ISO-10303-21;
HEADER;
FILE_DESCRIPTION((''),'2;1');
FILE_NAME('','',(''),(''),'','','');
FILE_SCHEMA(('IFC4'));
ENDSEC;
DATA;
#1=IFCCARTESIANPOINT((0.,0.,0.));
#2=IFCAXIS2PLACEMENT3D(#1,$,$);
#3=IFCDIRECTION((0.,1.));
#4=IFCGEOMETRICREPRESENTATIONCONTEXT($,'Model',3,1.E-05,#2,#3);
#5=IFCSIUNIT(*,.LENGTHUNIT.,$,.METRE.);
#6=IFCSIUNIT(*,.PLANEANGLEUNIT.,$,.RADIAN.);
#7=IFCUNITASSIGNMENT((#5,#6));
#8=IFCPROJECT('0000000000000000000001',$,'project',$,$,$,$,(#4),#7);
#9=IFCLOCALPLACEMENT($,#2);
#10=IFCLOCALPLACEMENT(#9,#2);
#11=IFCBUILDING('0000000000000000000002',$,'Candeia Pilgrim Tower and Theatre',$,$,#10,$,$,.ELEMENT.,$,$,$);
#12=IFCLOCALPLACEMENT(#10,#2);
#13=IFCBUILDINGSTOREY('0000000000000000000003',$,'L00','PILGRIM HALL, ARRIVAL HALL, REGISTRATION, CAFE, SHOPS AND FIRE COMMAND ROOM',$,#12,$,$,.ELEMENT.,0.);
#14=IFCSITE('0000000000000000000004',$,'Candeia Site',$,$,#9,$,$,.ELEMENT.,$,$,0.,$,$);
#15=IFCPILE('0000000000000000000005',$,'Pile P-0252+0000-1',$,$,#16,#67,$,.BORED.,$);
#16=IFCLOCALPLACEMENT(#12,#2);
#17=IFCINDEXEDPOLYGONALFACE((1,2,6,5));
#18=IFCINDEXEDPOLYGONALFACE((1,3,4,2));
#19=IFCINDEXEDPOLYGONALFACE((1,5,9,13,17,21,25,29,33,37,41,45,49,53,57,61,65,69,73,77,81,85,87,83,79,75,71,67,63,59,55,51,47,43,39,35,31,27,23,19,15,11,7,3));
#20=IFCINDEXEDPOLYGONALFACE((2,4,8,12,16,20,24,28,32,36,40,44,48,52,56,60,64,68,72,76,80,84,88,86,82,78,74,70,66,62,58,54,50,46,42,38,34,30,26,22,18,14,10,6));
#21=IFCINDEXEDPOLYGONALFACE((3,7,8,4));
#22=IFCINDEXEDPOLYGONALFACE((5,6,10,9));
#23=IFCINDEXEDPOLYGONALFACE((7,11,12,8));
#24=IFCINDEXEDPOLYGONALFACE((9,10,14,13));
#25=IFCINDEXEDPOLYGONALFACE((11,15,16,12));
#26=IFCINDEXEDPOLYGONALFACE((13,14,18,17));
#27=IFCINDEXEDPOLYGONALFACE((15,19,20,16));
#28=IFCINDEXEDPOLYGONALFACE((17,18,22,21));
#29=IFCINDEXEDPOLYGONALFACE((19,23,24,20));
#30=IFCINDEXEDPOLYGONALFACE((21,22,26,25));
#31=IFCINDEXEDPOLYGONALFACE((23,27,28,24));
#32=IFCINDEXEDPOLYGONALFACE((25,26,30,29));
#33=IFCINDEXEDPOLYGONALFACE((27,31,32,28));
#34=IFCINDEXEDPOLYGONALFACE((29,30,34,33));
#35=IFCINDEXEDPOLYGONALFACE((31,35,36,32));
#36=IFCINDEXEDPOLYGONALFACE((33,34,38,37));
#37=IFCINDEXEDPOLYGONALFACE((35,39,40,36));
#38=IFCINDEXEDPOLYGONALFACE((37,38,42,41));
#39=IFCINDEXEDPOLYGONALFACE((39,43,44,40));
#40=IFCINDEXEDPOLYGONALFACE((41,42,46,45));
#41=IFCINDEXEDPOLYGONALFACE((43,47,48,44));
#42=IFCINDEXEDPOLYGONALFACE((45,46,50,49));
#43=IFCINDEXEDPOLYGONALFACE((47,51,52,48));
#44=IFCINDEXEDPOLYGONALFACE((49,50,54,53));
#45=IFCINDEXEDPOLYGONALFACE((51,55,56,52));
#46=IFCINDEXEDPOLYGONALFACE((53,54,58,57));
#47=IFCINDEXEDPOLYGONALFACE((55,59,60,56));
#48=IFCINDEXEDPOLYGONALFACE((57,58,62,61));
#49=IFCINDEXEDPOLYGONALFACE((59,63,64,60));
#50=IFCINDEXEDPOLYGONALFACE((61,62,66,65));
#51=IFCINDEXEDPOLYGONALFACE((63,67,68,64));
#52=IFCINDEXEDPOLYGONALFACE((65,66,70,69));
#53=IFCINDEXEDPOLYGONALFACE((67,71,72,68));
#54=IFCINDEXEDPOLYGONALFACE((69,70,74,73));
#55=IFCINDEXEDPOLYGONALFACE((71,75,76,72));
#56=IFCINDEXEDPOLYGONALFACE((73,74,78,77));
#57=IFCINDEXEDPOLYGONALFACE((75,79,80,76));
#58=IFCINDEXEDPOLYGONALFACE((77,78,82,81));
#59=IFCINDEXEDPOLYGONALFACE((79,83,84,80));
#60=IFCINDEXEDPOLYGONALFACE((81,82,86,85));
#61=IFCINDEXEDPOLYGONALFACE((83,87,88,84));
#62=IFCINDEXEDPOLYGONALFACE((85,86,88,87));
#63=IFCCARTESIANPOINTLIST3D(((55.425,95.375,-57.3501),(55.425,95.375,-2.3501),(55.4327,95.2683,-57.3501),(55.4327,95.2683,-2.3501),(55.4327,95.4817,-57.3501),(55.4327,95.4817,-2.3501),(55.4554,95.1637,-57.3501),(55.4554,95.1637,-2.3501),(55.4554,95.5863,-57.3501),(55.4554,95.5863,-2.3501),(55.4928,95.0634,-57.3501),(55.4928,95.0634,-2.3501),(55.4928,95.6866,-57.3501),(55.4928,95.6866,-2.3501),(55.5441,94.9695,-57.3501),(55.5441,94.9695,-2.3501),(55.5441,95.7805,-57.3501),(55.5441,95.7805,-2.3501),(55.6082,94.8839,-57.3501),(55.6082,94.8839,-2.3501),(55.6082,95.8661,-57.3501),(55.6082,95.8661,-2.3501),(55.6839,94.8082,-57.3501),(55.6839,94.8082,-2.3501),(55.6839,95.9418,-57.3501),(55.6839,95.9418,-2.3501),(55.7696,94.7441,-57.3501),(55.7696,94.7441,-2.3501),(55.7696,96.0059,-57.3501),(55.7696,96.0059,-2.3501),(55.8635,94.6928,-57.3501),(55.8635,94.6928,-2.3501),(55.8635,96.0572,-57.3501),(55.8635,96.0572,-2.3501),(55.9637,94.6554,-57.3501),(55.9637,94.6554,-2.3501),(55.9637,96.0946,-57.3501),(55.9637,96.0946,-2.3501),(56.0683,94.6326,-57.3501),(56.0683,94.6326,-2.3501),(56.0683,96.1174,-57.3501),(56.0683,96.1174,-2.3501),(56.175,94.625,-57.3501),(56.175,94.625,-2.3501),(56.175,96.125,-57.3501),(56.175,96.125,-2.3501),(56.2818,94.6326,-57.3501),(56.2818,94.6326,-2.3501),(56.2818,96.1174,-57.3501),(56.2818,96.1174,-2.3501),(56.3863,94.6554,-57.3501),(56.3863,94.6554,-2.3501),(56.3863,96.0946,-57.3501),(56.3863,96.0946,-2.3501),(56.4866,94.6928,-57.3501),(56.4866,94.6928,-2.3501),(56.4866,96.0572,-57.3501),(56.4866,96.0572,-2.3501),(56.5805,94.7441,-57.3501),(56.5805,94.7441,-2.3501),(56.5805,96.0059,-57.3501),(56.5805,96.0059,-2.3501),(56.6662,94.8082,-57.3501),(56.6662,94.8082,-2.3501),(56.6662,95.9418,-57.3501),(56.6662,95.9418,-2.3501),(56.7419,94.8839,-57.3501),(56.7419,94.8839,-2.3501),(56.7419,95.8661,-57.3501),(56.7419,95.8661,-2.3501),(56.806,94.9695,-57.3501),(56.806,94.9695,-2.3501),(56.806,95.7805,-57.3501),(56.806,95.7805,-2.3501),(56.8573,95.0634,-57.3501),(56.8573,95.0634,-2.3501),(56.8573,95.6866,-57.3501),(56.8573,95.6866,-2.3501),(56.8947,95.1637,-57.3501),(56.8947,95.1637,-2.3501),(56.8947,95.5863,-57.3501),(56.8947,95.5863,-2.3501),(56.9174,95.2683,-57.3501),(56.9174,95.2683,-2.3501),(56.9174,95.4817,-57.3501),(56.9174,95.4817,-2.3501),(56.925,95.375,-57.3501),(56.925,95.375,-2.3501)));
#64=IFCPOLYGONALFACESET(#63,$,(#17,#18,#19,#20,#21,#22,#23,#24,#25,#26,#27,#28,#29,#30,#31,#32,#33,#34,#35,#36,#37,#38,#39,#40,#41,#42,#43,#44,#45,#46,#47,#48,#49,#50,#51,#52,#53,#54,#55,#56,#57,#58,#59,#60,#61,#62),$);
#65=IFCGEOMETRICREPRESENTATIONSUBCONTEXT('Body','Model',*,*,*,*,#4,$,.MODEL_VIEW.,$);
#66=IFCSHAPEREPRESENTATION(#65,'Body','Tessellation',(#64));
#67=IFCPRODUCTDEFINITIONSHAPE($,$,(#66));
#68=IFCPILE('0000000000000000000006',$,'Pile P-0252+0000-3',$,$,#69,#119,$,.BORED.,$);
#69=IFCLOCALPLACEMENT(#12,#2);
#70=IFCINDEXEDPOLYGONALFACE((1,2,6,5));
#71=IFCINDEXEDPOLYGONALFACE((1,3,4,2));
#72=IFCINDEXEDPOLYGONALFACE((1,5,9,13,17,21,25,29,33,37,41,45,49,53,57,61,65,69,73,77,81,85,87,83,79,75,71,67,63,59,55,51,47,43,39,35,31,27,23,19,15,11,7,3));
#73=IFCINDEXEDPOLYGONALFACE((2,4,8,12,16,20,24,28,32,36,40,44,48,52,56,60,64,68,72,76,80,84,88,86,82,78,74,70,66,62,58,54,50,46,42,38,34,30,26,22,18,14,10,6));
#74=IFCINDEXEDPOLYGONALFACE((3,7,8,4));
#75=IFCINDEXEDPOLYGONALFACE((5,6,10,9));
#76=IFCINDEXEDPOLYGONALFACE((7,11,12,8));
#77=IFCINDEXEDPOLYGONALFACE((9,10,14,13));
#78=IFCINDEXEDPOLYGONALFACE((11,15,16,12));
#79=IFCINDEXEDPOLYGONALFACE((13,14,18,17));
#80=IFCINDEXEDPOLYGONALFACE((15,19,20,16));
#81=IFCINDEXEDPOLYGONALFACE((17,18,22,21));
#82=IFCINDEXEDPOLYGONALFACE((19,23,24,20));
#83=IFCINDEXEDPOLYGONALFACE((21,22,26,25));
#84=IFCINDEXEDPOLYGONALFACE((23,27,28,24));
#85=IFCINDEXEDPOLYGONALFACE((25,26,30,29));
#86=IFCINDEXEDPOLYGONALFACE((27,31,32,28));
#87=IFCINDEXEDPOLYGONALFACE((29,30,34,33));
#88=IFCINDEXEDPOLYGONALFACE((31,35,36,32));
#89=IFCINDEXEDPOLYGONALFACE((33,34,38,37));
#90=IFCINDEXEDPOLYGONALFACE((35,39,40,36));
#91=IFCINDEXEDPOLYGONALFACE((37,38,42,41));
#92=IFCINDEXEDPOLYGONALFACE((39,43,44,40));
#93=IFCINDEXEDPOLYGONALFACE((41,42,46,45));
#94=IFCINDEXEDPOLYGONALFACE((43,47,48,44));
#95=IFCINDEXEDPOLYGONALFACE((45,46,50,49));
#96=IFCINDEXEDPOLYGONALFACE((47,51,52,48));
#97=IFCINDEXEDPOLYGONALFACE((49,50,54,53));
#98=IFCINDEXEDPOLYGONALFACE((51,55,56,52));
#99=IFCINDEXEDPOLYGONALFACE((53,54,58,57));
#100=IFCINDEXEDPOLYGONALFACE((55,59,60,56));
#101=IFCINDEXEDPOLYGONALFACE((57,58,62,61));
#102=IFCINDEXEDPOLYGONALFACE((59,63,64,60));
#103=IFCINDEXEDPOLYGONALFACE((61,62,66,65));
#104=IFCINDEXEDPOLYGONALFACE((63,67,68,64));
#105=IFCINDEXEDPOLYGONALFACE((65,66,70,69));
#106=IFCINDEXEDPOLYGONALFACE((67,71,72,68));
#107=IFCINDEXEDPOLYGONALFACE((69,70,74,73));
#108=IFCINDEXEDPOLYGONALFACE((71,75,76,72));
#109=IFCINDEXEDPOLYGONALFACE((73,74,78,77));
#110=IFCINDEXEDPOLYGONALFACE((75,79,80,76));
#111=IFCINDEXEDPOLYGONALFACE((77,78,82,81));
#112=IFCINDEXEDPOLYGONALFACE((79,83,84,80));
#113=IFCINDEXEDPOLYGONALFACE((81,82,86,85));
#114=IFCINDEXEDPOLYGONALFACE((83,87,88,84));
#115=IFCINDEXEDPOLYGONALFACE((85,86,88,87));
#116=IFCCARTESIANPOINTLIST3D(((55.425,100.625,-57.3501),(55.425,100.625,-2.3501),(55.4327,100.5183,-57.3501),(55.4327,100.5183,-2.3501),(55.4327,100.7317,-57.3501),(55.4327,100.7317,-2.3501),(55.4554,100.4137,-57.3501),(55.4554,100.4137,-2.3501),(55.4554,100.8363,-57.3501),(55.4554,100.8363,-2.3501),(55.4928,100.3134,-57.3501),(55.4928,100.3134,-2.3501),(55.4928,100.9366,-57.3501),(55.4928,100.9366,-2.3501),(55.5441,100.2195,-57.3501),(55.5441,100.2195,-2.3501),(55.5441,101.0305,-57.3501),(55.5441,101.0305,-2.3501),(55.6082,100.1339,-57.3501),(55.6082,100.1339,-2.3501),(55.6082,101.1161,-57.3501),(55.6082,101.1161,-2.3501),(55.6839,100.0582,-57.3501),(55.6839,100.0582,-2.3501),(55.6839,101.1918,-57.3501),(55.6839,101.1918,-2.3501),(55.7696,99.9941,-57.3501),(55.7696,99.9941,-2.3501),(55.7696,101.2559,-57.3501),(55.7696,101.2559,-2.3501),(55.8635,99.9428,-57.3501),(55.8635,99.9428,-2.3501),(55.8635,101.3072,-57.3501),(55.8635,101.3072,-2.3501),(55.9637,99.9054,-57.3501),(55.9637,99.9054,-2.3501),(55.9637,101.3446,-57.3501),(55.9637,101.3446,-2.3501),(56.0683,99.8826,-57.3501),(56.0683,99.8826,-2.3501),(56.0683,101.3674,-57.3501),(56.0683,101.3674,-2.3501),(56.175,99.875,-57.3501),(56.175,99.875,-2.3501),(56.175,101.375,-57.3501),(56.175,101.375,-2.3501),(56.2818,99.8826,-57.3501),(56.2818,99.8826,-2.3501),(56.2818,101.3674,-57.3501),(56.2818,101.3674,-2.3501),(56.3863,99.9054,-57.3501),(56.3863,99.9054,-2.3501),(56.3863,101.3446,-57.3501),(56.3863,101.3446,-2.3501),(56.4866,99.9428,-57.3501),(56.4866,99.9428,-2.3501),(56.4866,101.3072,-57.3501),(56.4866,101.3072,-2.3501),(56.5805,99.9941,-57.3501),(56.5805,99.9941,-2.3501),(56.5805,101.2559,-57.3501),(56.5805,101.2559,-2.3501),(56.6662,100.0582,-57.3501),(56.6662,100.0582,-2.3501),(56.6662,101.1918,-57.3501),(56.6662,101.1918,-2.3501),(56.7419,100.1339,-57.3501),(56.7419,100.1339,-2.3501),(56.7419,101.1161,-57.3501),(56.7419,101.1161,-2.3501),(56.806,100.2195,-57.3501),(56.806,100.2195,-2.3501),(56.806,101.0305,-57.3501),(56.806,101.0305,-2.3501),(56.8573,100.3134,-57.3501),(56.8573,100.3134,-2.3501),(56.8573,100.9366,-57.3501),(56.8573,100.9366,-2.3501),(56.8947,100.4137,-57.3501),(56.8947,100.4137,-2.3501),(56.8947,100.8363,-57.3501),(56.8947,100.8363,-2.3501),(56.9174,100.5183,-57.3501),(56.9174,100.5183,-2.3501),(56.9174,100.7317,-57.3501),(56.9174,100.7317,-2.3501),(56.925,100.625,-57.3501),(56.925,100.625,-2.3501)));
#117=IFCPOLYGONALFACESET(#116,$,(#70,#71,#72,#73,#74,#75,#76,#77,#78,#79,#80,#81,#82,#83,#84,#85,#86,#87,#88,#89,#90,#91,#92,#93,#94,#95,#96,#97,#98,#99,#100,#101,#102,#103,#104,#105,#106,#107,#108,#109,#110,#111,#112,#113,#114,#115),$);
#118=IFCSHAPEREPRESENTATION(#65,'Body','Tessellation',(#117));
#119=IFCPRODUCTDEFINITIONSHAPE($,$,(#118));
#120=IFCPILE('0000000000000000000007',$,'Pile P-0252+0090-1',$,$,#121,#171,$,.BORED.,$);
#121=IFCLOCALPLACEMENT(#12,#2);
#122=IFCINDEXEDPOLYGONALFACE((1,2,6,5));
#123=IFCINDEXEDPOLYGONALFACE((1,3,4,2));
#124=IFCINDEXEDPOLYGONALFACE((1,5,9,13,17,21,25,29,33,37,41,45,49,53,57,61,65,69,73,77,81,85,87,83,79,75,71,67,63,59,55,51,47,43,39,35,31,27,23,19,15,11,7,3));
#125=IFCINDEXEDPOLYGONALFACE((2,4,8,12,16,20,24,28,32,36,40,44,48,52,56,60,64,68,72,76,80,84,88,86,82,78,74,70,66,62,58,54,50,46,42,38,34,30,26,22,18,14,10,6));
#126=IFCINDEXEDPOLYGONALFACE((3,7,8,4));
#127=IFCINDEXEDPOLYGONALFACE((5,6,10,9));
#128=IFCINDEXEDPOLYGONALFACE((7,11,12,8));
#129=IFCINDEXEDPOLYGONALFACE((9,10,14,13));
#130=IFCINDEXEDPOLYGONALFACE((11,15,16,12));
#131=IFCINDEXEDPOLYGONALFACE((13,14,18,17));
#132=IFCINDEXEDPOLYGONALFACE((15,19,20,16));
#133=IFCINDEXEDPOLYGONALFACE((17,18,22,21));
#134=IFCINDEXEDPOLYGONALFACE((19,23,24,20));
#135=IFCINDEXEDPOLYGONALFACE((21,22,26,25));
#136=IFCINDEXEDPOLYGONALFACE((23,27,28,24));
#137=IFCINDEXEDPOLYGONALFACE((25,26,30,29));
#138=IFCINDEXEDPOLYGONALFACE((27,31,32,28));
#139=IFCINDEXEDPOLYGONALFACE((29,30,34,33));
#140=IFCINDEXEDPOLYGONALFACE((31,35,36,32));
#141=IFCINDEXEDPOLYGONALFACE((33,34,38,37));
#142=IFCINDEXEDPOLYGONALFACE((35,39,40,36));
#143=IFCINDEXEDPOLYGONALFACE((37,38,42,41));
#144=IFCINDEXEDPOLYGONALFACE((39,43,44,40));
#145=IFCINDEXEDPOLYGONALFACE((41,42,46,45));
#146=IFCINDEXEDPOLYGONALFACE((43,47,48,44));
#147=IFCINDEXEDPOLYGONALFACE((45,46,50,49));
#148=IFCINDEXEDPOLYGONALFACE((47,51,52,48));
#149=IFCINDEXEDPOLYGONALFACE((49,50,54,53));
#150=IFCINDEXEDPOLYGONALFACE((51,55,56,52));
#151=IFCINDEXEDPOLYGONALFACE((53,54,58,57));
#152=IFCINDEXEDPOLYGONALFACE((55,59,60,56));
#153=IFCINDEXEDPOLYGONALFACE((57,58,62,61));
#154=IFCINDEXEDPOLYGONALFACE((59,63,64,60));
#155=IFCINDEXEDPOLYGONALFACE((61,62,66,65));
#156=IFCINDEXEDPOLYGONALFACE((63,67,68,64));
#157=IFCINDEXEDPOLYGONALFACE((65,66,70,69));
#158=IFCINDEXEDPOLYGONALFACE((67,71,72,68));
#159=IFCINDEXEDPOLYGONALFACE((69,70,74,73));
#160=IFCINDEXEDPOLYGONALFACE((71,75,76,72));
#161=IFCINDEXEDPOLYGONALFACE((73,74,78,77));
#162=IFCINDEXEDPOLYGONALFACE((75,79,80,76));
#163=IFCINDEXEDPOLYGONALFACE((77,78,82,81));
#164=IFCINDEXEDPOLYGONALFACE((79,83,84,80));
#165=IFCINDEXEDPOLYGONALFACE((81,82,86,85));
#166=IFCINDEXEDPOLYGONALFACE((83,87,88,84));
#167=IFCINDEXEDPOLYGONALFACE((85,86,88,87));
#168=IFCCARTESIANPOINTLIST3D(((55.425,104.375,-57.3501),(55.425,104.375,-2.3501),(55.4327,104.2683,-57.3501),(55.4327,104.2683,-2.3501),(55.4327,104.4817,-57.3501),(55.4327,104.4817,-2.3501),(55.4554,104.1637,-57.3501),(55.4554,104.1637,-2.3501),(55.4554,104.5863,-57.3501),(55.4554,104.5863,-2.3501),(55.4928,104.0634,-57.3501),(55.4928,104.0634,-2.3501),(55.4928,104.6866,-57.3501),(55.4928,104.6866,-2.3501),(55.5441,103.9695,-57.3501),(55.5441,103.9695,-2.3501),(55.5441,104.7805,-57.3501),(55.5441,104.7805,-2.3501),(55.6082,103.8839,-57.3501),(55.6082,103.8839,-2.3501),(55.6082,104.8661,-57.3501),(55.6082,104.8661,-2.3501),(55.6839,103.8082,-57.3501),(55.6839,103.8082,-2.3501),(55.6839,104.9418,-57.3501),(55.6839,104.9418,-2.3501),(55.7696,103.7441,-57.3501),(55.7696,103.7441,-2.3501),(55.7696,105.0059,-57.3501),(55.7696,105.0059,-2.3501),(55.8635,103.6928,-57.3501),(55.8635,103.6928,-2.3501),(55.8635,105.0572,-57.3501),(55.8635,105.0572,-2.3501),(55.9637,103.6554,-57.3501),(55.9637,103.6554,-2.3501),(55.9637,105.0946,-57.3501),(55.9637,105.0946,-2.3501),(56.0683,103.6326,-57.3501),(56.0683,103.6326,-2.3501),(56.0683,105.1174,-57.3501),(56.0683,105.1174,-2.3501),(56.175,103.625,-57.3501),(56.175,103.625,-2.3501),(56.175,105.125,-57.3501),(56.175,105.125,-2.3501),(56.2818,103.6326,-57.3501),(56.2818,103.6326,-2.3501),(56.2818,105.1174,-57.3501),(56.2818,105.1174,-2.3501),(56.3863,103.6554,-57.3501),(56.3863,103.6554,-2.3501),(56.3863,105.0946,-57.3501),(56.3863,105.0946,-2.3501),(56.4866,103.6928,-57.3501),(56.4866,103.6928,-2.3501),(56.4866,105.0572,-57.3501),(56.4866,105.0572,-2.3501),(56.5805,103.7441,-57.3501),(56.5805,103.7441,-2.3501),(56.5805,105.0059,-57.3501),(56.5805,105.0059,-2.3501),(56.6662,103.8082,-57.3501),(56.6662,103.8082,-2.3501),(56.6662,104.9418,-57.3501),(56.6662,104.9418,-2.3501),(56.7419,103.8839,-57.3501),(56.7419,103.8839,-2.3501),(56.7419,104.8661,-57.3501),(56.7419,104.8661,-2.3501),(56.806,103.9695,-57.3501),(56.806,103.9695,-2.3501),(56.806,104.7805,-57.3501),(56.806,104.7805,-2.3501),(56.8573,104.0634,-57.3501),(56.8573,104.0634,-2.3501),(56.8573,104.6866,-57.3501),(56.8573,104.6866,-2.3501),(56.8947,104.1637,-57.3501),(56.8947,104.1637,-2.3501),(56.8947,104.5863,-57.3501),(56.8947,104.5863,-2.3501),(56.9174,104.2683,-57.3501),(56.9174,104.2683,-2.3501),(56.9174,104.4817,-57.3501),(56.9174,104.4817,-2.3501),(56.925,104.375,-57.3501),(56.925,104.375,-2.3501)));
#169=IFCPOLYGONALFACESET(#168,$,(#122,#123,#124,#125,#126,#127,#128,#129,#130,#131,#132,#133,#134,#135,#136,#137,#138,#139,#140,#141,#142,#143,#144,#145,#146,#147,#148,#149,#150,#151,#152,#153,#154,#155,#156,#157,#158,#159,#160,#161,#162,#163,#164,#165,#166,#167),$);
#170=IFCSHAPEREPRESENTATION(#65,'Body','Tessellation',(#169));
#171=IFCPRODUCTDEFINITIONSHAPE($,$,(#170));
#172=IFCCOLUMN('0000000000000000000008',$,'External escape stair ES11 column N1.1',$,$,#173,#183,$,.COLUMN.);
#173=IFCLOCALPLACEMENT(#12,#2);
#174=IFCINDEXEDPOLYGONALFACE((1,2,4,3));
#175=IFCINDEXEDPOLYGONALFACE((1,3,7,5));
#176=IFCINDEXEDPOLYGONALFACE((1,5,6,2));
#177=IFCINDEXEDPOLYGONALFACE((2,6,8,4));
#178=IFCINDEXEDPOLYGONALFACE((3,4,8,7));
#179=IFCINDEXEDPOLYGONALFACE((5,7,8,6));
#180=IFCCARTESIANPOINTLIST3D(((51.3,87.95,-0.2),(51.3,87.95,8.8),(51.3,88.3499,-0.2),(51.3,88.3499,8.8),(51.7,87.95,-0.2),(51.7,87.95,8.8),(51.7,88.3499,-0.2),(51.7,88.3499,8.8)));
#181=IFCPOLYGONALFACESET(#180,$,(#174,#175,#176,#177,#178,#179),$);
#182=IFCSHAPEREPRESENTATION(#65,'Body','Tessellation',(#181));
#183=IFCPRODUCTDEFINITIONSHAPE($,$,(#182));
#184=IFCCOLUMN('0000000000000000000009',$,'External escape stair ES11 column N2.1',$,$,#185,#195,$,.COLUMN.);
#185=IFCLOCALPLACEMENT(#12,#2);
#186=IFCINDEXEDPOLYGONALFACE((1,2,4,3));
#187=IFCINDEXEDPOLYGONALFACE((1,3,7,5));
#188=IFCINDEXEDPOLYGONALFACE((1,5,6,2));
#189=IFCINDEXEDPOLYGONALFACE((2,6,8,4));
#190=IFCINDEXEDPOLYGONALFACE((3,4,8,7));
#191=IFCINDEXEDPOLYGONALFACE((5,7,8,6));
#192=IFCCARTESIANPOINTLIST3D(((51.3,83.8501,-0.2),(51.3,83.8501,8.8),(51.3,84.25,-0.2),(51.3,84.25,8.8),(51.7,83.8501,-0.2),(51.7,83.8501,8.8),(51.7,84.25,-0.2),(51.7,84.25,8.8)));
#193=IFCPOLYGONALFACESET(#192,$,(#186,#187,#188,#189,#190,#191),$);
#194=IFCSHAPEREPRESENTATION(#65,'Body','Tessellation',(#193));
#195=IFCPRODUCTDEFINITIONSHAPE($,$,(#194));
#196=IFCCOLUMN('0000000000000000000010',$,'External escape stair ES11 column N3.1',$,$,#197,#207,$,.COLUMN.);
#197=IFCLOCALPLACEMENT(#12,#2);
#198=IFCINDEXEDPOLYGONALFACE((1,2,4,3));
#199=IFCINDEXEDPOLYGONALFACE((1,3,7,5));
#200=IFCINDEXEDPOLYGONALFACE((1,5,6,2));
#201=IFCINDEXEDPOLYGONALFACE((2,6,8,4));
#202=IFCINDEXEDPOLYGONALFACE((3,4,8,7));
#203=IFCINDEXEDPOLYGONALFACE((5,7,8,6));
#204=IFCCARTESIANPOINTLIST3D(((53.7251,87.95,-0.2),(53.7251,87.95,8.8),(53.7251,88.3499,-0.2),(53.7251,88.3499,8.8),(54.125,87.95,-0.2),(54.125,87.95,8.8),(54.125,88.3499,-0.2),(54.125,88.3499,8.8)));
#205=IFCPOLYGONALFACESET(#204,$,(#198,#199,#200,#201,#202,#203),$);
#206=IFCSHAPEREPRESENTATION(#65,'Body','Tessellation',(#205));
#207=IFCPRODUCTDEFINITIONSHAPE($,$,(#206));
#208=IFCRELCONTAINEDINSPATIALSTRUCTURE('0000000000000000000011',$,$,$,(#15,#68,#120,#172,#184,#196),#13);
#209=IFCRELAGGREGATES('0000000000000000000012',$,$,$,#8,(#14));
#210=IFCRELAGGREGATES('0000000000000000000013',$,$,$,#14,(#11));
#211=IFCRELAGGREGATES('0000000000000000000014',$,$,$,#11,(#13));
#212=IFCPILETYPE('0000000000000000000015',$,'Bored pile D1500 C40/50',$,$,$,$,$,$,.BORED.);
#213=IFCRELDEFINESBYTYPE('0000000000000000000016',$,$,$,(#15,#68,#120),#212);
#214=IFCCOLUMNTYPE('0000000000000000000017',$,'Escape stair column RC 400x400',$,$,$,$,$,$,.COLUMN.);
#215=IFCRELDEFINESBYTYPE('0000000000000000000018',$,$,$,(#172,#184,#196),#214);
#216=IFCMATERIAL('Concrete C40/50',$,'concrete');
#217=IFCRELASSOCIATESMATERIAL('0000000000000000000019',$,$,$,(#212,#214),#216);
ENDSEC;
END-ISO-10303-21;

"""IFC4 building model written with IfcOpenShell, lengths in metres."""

from ifc_helpers import new_model, si_unit, direction, frame, origin, origin_2d, place, context, subcontext, project, spatial, rectangle, circle, extrude, material, material_profile, profile_set, type_object, element, save


model = new_model("IFC4")

# Units and contexts
model_context = context("Model", 3, precision=1e-05, world=origin(), true_north=direction((0.0, 1.0)))
body_context = subcontext(model_context, "Body", "Model", "MODEL_VIEW")
ifc_project = project(units=[si_unit("LENGTHUNIT", "METRE"), si_unit("PLANEANGLEUNIT", "RADIAN")], contexts=[model_context])

# Site, building, storey
site_placement = place(None, origin())
site = spatial("IfcSite", under=ifc_project, at=site_placement, Name="Candeia Site", CompositionType="ELEMENT", RefElevation=0.0)
building_placement = place(site_placement, origin())
building = spatial("IfcBuilding", under=site, at=building_placement, Name="Candeia Pilgrim Tower and Theatre", CompositionType="ELEMENT")
storey_placement = place(building_placement, origin())
storey = spatial("IfcBuildingStorey", under=building, at=storey_placement, Name="L00", Description="PILGRIM HALL, ARRIVAL HALL, REGISTRATION, CAFE, SHOPS AND FIRE COMMAND ROOM", CompositionType="ELEMENT", Elevation=0.0)

# Piles
ifc_material_1 = material(Name="Concrete C40/50", Category="concrete")
ifc_material_profile_1 = material_profile(ifc_material_1, circle(Radius=0.75, at=origin_2d()))
ifc_profile_set_1 = profile_set([ifc_material_profile_1], Name="Concrete C40/50")
pile_type = type_object("IfcPileType", Name="Bored pile D1500 C40/50", PredefinedType="BORED", material=ifc_profile_set_1)
for number, where, z_axis, x_axis, name in (
    (1, (56.175, 95.375, -2.3501), (0.0, 0.0, -1.0), (1.0, 0.0, 0.0), "Pile P-0252+0000-1"),
    (2, (56.175, 100.625, -2.3501), (0.0, 0.0, -1.0), (1.0, 0.0, 0.0), "Pile P-0252+0000-3"),
    (3, (56.175, 104.375, -2.3501), (0.0, 0.0, -1.0), (1.0, 0.0, 0.0), "Pile P-0252+0090-1"),
):
    element("IfcPile", number, at=place(storey_placement, frame(where, z_axis=z_axis, x_axis=x_axis)), inside=storey, type_object=pile_type, Name=name, PredefinedType="BORED", context=body_context, shape_type="SweptSolid", body=[
        extrude(circle(Radius=0.75, at=origin_2d()), origin(), (0.0, 0.0, 1.0), 55.0),
    ])

# Columns
ifc_material_profile_2 = material_profile(ifc_material_1, rectangle(XDim=0.3999, YDim=0.3999, at=origin_2d()))
ifc_profile_set_2 = profile_set([ifc_material_profile_2], Name="Concrete C40/50")
column_type = type_object("IfcColumnType", Name="Escape stair column RC 400x400", PredefinedType="COLUMN", material=ifc_profile_set_2)
for number, where, z_axis, x_axis, name in (
    (4, (51.5, 88.1499, -0.2), (0.0, 0.0, 1.0), (1.0, 0.0, 0.0), "External escape stair ES11 column N1.1"),
    (5, (51.5, 84.05, -0.2), (0.0, 0.0, 1.0), (1.0, 0.0, 0.0), "External escape stair ES11 column N2.1"),
    (6, (53.925, 88.1499, -0.2), (0.0, 0.0, 1.0), (1.0, 0.0, 0.0), "External escape stair ES11 column N3.1"),
):
    element("IfcColumn", number, at=place(storey_placement, frame(where, z_axis=z_axis, x_axis=x_axis)), inside=storey, type_object=column_type, Name=name, PredefinedType="COLUMN", context=body_context, shape_type="SweptSolid", body=[
        extrude(rectangle(XDim=0.3999, YDim=0.3999, at=origin_2d()), origin(), (0.0, 0.0, 1.0), 9.0),
    ])

save(model, "model.ifc")
